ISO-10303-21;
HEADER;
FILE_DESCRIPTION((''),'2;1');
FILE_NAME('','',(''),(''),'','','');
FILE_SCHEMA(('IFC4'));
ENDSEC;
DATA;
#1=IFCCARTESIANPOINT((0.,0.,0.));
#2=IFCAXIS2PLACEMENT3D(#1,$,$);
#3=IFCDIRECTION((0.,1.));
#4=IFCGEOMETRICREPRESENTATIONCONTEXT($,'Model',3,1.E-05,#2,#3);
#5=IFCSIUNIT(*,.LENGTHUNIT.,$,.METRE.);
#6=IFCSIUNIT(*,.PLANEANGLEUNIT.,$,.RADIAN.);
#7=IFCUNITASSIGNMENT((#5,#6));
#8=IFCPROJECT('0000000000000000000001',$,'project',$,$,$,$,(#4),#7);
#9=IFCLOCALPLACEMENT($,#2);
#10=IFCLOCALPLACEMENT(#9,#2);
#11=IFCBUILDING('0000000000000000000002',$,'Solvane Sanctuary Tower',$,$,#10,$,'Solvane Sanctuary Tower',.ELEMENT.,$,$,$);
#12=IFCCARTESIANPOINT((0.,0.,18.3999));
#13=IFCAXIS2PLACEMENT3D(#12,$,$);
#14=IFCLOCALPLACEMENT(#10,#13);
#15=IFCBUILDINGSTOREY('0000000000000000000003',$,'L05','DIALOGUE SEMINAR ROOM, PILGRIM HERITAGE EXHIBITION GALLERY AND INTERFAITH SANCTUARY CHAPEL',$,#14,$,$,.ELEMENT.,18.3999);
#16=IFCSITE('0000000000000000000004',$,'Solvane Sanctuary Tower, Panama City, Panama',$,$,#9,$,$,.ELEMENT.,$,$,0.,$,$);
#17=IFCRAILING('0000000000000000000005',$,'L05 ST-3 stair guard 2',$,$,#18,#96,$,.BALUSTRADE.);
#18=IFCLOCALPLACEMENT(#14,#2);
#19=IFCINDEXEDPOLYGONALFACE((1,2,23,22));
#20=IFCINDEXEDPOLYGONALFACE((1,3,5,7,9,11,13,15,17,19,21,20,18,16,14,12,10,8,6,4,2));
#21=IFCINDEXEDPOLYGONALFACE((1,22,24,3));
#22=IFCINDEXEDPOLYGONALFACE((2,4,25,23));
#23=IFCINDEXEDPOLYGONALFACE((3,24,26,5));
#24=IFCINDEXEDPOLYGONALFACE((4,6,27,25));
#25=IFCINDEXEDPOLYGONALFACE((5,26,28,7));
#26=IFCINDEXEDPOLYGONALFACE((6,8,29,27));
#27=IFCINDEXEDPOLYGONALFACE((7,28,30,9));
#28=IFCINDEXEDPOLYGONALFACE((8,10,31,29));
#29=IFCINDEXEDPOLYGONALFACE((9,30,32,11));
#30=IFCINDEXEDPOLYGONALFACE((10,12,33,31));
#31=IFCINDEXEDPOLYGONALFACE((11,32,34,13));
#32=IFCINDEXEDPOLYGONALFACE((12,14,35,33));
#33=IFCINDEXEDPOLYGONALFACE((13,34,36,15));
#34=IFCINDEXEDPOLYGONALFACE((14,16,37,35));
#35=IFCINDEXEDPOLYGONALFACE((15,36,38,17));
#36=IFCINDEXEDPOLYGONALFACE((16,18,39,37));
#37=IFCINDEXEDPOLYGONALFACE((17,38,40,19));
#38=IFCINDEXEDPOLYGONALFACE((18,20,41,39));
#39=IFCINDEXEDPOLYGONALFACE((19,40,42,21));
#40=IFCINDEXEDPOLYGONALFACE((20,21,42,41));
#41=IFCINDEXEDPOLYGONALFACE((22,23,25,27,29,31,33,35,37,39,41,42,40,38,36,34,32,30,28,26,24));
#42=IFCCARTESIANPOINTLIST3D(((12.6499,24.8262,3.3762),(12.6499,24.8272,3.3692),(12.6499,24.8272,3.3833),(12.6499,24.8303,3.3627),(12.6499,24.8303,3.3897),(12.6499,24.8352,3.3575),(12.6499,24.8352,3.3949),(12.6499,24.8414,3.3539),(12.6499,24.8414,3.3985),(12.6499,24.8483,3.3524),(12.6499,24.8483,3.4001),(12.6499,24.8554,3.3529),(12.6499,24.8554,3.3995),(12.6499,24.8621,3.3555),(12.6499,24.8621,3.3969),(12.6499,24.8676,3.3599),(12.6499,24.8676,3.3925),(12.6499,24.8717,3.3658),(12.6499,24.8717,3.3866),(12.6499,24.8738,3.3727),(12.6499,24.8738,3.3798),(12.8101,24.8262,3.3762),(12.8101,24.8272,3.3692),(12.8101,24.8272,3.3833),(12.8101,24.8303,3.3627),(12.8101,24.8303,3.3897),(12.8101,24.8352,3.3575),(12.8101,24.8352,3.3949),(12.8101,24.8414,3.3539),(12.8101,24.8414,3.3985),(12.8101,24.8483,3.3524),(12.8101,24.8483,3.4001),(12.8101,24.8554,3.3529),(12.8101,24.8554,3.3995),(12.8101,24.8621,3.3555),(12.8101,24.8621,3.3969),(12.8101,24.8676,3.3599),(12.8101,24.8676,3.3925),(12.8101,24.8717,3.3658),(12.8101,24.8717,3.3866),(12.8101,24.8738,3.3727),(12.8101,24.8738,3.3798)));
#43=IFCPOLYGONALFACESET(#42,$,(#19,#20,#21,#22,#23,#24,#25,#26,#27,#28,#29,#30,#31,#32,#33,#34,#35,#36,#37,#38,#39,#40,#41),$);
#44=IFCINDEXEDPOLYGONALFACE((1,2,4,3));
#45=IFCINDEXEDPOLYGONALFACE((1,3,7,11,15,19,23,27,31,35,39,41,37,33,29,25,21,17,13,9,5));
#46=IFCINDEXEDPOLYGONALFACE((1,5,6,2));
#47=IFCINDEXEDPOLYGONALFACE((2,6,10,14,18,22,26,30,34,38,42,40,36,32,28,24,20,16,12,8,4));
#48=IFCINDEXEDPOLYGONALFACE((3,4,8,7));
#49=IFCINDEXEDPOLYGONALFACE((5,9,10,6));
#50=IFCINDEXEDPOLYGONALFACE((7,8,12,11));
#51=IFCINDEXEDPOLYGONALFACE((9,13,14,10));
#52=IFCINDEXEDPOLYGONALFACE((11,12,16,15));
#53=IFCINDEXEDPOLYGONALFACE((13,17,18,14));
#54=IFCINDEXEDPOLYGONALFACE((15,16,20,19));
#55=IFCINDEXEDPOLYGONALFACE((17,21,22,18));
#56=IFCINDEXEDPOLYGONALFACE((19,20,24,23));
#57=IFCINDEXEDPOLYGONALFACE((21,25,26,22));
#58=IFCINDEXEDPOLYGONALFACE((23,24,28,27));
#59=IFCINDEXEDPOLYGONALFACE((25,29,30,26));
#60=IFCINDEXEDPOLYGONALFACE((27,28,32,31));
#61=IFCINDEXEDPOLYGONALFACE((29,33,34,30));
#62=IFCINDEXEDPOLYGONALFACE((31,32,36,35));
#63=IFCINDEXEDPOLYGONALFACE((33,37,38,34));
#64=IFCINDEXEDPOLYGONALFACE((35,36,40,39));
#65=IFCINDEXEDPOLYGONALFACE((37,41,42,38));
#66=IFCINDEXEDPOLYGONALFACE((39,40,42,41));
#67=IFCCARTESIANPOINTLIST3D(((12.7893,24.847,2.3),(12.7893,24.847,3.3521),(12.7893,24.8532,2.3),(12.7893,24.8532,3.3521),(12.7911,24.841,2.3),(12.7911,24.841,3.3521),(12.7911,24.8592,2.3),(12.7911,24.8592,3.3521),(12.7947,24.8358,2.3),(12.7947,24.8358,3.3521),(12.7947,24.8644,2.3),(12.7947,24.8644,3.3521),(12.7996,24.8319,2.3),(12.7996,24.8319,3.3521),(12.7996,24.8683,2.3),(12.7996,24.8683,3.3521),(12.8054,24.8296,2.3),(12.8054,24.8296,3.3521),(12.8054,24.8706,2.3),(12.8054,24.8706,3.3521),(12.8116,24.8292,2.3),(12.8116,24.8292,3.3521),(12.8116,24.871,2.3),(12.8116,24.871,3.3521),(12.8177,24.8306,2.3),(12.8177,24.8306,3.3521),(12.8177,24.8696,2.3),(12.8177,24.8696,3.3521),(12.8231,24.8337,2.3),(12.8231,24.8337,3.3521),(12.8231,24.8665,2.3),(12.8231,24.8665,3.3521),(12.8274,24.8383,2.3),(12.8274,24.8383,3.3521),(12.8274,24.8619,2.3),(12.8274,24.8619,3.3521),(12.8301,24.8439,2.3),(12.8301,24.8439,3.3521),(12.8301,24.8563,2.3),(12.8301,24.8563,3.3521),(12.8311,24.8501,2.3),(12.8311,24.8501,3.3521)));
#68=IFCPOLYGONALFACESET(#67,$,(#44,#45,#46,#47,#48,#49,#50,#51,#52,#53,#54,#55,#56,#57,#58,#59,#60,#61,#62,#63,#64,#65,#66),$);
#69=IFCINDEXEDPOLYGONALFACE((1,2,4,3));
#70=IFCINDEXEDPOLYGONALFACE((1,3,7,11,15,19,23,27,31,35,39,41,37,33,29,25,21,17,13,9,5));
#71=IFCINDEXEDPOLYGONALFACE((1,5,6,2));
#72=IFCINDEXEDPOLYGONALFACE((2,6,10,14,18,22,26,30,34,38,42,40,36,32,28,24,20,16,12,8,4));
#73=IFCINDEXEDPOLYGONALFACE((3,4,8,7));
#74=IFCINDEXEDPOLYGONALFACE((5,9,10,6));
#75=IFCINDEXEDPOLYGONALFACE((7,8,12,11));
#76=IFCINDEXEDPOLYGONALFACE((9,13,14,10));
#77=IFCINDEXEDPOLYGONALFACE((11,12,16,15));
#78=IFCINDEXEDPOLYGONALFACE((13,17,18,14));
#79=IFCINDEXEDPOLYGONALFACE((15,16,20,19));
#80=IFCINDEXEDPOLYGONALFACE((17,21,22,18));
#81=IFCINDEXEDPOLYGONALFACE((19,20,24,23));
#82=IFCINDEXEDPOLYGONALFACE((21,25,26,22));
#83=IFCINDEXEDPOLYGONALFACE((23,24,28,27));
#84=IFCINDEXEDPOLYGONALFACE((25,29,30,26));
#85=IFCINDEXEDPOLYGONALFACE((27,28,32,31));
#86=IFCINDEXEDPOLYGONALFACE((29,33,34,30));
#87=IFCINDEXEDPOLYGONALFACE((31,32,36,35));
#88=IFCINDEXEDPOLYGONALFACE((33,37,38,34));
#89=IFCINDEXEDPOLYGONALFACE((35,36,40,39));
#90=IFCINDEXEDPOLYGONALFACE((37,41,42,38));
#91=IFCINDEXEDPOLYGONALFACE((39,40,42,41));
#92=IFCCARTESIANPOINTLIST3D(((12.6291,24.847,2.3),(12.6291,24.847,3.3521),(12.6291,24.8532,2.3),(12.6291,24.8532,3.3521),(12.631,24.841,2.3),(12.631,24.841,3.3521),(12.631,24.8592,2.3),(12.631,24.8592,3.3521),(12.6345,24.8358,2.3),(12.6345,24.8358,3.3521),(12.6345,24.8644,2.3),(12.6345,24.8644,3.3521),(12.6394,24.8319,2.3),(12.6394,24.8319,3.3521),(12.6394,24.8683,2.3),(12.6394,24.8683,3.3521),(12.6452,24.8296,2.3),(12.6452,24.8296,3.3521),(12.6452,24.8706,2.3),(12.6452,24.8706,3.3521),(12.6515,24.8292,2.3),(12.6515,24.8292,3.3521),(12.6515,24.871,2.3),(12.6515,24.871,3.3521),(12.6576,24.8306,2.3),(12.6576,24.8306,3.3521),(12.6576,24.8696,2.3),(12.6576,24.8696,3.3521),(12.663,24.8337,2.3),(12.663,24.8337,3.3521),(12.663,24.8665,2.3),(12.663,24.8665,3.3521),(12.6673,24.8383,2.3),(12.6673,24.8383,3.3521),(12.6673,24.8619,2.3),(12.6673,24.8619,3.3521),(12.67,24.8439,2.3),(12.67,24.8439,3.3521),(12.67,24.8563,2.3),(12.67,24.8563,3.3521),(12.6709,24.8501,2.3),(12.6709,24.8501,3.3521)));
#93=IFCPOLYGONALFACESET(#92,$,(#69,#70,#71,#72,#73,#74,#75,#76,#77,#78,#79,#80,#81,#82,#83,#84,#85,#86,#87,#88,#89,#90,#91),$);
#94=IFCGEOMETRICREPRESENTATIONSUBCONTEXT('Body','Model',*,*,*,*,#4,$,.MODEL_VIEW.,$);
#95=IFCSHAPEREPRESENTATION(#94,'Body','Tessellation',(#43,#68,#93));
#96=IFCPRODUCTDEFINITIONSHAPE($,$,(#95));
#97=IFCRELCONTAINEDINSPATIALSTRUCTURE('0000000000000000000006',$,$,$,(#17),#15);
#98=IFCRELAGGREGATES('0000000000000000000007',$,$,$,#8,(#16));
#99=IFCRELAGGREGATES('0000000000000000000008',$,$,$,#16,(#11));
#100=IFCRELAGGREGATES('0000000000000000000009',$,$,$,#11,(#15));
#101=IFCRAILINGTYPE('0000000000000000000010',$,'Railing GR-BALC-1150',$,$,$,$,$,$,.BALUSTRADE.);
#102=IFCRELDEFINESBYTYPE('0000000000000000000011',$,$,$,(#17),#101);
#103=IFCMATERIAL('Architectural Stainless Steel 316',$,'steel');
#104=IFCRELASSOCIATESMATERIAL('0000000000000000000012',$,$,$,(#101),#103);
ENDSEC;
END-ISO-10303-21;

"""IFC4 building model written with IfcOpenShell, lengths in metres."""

from ifc_helpers import new_model, si_unit, direction, frame, origin, origin_2d, place, context, subcontext, project, spatial, circle, extrude, material, type_object, element, save


model = new_model("IFC4")

# Units and contexts
model_context = context("Model", 3, precision=1e-05, world=origin(), true_north=direction((0.0, 1.0)))
body_context = subcontext(model_context, "Body", "Model", "MODEL_VIEW")
ifc_project = project(units=[si_unit("LENGTHUNIT", "METRE"), si_unit("PLANEANGLEUNIT", "RADIAN")], contexts=[model_context])

# Site, building, storey
site_placement = place(None, origin())
site = spatial("IfcSite", under=ifc_project, at=site_placement, Name="Solvane Sanctuary Tower, Panama City, Panama", CompositionType="ELEMENT", RefElevation=0.0)
building_placement = place(site_placement, origin())
building = spatial("IfcBuilding", under=site, at=building_placement, Name="Solvane Sanctuary Tower", LongName="Solvane Sanctuary Tower", CompositionType="ELEMENT")
storey_placement = place(building_placement, frame((0.0, 0.0, 18.3999)))
storey = spatial("IfcBuildingStorey", under=building, at=storey_placement, Name="L05", Description="DIALOGUE SEMINAR ROOM, PILGRIM HERITAGE EXHIBITION GALLERY AND INTERFAITH SANCTUARY CHAPEL", CompositionType="ELEMENT", Elevation=18.3999)

# Shared definitions
ifc_material_1 = material(Name="Architectural Stainless Steel 316", Category="steel")

# Railing
railing_type = type_object("IfcRailingType", Name="Railing GR-BALC-1150", PredefinedType="BALUSTRADE", material=ifc_material_1)
railing_1_placement = place(storey_placement, frame((12.8101, 24.8501, 2.3)))
element("IfcRailing", 1, at=railing_1_placement, inside=storey, type_object=railing_type, Name="L05 ST-3 stair guard 2", PredefinedType="BALUSTRADE", context=body_context, shape_type="SweptSolid", body=[
    extrude(circle(Radius=0.0239, at=origin_2d()), frame((0.0, 0.0, 1.0762), z_axis=(-1.0, 0.0, 0.0), x_axis=(0.0, -1.0, 0.0)), (0.0, 0.0, 1.0), 0.1602),
    extrude(circle(Radius=0.021, at=origin_2d()), origin(), (0.0, 0.0, 1.0), 1.052),
    extrude(circle(Radius=0.021, at=origin_2d()), frame((-0.1602, 0.0, 0.0)), (0.0, 0.0, 1.0), 1.052),
])

save(model, "model.ifc")
